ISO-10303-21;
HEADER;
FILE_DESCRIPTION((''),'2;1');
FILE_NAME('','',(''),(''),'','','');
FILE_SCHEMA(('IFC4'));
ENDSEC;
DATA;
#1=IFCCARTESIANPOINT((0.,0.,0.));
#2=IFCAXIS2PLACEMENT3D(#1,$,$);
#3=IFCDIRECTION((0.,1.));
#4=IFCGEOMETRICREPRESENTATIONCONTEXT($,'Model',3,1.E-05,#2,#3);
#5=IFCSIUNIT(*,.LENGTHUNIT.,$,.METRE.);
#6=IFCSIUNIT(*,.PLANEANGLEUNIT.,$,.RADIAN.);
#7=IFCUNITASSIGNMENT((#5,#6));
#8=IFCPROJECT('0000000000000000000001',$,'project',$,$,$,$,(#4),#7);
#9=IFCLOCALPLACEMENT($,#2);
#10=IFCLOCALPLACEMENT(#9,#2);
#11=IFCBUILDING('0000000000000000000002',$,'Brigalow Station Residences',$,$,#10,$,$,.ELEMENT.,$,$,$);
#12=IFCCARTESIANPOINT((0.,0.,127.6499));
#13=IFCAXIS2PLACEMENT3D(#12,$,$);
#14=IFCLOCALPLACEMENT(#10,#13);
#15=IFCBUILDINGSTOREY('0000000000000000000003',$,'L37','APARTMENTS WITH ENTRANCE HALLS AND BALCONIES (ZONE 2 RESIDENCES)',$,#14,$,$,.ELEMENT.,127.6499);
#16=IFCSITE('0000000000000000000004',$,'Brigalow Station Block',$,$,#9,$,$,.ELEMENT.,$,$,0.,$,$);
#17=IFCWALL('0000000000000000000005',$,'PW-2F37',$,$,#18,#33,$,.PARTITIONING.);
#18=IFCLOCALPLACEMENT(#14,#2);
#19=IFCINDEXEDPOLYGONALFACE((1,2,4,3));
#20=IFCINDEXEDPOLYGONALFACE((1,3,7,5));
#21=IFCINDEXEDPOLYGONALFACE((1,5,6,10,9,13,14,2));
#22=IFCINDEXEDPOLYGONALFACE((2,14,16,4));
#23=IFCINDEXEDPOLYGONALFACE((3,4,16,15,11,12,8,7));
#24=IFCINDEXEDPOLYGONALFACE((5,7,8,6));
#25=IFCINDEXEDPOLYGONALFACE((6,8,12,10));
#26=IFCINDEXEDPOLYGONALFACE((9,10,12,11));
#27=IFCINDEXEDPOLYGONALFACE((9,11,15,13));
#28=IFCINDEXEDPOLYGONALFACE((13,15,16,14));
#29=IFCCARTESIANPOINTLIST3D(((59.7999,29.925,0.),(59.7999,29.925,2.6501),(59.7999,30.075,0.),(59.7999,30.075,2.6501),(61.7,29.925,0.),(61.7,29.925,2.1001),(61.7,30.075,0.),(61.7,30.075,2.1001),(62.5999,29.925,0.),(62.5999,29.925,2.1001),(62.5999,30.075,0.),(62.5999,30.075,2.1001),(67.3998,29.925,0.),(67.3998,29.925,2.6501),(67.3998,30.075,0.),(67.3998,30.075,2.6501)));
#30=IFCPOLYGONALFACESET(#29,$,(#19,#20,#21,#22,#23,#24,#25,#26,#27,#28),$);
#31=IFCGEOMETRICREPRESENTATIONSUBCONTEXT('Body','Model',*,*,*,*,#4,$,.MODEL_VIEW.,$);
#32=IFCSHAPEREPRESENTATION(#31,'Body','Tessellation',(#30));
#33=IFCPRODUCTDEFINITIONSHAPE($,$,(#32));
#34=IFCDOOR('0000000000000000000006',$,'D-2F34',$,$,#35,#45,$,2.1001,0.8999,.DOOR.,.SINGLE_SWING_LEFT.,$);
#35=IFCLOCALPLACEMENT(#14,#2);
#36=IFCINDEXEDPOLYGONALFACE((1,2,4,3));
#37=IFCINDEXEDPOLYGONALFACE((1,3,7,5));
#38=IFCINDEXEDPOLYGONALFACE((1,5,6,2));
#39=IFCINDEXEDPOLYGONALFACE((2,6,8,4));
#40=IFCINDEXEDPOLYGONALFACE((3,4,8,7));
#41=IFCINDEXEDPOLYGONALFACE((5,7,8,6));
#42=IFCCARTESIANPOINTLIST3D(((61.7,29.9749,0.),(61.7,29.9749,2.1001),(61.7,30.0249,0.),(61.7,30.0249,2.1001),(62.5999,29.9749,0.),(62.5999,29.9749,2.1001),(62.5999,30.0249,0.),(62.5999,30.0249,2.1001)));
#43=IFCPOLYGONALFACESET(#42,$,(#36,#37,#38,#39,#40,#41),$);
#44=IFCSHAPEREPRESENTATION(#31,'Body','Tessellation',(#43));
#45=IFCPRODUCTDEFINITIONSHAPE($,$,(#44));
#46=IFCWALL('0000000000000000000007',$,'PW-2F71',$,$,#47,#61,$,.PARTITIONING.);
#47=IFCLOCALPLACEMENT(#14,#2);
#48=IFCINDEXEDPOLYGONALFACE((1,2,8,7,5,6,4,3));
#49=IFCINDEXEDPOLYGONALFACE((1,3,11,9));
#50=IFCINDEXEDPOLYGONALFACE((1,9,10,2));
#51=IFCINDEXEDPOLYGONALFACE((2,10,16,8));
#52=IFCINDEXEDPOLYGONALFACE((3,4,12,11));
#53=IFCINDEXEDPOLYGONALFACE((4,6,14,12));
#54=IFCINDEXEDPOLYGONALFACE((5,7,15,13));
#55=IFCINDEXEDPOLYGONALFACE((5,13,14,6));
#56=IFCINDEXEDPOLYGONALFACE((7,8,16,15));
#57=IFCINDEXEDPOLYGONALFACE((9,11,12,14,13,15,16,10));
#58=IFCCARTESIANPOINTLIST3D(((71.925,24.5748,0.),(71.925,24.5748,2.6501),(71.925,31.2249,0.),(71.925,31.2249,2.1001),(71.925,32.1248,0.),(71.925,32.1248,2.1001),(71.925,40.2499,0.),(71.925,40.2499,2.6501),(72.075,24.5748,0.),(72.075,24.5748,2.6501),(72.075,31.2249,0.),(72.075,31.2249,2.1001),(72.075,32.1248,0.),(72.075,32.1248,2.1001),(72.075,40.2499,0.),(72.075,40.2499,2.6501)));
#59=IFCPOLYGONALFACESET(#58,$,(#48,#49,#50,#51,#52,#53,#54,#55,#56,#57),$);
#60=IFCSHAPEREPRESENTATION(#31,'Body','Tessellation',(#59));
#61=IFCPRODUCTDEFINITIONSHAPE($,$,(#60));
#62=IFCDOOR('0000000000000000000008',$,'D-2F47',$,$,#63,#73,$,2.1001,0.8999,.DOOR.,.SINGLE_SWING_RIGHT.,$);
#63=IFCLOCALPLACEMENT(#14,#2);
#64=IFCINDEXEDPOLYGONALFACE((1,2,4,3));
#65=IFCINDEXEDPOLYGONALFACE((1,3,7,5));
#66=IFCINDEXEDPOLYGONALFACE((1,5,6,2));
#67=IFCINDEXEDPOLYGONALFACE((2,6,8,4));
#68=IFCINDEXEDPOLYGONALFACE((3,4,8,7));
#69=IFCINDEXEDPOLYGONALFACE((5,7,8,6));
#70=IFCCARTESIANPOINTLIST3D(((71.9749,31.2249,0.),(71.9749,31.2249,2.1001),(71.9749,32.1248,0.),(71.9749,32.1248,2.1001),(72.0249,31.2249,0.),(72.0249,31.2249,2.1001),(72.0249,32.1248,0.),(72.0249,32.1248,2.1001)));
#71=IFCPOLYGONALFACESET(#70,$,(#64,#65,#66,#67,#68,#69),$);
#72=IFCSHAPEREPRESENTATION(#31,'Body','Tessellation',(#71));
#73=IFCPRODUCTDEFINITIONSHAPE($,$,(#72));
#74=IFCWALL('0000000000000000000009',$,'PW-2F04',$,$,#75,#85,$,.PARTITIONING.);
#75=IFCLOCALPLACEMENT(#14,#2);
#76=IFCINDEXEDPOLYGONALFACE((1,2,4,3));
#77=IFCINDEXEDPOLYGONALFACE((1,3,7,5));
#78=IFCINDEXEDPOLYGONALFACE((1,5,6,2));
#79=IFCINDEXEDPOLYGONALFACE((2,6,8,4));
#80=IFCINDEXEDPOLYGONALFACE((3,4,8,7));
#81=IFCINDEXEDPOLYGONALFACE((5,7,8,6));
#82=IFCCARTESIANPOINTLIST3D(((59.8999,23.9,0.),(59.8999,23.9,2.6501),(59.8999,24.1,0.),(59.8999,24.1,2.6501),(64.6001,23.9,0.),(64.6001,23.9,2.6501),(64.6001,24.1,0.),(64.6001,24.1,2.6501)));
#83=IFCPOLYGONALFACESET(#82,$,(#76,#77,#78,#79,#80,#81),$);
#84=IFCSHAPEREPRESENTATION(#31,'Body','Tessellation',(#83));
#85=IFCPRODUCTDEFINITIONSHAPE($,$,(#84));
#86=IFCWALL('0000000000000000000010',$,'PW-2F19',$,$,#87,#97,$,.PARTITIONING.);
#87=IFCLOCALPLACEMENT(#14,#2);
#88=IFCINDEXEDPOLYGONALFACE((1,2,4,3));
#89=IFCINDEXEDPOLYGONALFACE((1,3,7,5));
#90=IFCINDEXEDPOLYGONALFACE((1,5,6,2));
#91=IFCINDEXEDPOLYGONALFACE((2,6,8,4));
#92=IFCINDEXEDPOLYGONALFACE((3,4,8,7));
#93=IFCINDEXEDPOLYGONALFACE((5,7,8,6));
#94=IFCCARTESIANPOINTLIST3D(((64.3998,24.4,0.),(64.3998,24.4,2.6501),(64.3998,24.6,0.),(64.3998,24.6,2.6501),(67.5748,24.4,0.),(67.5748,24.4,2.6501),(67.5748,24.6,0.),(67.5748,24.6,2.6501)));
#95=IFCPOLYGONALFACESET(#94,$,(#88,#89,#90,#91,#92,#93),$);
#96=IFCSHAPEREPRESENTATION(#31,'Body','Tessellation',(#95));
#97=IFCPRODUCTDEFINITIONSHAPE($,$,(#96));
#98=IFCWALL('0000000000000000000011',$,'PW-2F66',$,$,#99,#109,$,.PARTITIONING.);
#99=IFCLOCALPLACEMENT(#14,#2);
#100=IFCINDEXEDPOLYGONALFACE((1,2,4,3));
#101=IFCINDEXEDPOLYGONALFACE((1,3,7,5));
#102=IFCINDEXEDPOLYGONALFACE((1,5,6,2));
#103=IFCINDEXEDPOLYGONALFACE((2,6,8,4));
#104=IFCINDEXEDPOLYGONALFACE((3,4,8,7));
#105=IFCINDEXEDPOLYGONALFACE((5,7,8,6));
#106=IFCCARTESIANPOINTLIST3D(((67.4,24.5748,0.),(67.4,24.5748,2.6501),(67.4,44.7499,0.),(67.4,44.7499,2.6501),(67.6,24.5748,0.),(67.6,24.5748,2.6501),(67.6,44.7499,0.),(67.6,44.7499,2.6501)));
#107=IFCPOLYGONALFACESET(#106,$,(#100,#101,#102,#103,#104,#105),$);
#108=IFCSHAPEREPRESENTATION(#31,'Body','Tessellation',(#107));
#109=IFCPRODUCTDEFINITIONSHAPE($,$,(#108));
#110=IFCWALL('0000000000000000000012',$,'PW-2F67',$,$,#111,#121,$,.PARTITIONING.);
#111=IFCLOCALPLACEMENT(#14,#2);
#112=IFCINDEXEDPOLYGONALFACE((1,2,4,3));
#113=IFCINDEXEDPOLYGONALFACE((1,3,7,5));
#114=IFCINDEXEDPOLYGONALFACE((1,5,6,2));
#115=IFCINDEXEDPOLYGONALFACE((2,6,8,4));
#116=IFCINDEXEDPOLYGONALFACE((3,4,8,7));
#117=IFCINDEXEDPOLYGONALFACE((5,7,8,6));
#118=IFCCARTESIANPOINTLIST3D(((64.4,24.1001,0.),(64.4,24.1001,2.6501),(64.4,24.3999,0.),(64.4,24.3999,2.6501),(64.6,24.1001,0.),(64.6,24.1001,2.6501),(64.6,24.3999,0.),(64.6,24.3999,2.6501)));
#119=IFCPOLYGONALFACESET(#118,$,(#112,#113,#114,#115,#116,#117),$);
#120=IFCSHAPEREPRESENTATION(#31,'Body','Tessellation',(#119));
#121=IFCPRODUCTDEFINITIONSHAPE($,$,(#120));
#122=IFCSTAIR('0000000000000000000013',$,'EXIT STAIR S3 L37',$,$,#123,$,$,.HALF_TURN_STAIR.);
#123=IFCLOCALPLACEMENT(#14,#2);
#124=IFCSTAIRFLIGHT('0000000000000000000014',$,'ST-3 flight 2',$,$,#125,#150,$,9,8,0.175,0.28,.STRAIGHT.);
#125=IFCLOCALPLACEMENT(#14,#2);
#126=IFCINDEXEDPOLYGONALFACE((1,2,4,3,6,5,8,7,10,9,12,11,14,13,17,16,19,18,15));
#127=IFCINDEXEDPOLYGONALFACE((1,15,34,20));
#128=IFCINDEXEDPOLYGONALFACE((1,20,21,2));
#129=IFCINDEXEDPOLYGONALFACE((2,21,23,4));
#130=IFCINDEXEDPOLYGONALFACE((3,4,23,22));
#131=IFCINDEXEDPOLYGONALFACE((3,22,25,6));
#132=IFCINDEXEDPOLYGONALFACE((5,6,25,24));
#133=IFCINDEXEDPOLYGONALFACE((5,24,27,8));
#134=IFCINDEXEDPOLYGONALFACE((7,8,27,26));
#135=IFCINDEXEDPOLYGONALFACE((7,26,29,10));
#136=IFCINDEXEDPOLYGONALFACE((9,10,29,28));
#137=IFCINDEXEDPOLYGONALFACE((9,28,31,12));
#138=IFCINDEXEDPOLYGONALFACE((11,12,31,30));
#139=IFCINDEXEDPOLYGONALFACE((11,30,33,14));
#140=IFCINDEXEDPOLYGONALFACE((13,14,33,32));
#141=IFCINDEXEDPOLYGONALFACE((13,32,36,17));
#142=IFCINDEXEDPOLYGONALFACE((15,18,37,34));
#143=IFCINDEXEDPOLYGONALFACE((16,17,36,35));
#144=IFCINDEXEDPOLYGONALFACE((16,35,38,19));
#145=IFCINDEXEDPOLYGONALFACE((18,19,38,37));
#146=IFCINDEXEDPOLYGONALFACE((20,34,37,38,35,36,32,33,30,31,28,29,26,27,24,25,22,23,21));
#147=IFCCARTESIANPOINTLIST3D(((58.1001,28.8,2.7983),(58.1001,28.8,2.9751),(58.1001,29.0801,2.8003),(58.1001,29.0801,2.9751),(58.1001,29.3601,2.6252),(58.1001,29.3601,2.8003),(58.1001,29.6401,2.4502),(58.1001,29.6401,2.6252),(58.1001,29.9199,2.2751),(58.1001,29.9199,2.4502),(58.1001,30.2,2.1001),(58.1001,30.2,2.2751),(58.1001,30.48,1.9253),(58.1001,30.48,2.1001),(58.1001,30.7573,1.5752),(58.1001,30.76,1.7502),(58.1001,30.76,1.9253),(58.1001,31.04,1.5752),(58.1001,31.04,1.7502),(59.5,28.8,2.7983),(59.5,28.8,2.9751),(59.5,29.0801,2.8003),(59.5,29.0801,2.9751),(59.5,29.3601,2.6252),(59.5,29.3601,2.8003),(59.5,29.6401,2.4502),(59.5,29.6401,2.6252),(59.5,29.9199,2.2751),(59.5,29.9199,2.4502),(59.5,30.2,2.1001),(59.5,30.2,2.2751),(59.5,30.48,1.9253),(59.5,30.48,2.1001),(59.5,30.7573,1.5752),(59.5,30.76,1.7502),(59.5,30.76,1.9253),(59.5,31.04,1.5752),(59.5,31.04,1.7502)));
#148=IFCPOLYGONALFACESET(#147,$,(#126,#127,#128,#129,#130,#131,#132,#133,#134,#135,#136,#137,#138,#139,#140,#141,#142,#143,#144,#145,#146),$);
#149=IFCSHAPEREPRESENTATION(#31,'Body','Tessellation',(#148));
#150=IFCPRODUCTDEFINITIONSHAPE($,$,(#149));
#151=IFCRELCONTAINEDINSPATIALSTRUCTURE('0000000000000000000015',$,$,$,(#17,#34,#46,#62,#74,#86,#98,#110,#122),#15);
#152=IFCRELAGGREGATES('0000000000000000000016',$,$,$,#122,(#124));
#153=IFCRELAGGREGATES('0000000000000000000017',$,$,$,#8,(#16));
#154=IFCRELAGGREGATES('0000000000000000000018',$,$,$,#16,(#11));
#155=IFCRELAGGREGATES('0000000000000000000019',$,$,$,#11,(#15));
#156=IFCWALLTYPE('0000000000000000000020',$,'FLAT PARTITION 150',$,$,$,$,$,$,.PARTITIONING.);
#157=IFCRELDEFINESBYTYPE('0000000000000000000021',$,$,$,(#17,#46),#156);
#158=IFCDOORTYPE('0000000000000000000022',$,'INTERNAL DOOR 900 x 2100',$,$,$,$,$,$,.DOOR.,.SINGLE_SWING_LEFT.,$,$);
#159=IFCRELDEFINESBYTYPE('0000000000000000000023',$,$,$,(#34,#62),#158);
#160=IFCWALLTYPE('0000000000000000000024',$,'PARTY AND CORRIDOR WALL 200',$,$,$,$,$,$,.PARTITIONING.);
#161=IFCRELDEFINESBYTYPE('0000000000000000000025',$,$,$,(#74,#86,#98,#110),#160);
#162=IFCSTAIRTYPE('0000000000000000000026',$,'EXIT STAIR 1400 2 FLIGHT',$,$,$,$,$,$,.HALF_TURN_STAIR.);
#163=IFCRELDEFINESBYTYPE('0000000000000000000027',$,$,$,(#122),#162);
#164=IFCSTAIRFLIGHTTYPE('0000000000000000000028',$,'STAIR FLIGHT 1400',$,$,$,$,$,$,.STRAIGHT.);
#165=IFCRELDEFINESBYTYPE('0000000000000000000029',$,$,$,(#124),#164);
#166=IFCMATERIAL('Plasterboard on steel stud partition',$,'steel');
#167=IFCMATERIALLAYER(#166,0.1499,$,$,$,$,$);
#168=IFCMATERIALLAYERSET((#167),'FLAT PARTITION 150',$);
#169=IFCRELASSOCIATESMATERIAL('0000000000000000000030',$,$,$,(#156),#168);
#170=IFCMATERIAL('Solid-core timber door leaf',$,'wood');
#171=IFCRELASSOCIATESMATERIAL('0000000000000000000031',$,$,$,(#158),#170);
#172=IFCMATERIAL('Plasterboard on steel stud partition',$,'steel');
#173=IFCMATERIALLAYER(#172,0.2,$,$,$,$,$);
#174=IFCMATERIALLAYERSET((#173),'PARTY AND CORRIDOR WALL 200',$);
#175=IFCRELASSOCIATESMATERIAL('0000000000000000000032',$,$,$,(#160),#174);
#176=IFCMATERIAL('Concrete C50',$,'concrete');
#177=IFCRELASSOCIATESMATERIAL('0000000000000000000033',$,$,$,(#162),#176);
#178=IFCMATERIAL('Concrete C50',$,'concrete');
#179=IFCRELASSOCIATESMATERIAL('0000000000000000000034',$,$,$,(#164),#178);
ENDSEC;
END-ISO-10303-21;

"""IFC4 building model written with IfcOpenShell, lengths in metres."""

from ifc_helpers import new_model, si_unit, direction, frame, frame_2d, origin, place, context, subcontext, project, spatial, polyline, rectangle, outline, extrude, material, layer, layer_set, type_object, element, fill, aggregate, save


model = new_model("IFC4")

# Units and contexts
model_context = context("Model", 3, precision=1e-05, world=origin(), true_north=direction((0.0, 1.0)))
body_context = subcontext(model_context, "Body", "Model", "MODEL_VIEW")
ifc_project = project(units=[si_unit("LENGTHUNIT", "METRE"), si_unit("PLANEANGLEUNIT", "RADIAN")], contexts=[model_context])

# Site, building, storey
site_placement = place(None, origin())
site = spatial("IfcSite", under=ifc_project, at=site_placement, Name="Brigalow Station Block", CompositionType="ELEMENT", RefElevation=0.0)
building_placement = place(site_placement, origin())
building = spatial("IfcBuilding", under=site, at=building_placement, Name="Brigalow Station Residences", CompositionType="ELEMENT")
storey_placement = place(building_placement, frame((0.0, 0.0, 127.6499)))
storey = spatial("IfcBuildingStorey", under=building, at=storey_placement, Name="L37", Description="APARTMENTS WITH ENTRANCE HALLS AND BALCONIES (ZONE 2 RESIDENCES)", CompositionType="ELEMENT", Elevation=127.6499)

# Shared definitions
ifc_material_1 = material(Name="Plasterboard on steel stud partition", Category="steel")
ifc_layer_1 = layer(ifc_material_1, 0.1499)
ifc_layer_set_1 = layer_set([ifc_layer_1], Name="FLAT PARTITION 150")
wall_type_1 = type_object("IfcWallType", Name="FLAT PARTITION 150", PredefinedType="PARTITIONING", material=ifc_layer_set_1)

# Walls, openings, doors
ifc_material_2 = material(Name="Solid-core timber door leaf", Category="wood")
door_type_1 = type_object("IfcDoorType", Name="INTERNAL DOOR 900 x 2100", OperationType="SINGLE_SWING_LEFT", PredefinedType="DOOR", material=ifc_material_2)
wall_1_placement = place(storey_placement, frame((59.8, 30.0, 0.0), z_axis=(0.0, 0.0, 1.0), x_axis=(1.0, 0.0, 0.0)))
wall_1 = element("IfcWall", 1, at=wall_1_placement, inside=storey, type_object=wall_type_1, Name="PW-2F37", PredefinedType="PARTITIONING", context=body_context, shape_type="SweptSolid", body=[
    extrude(rectangle(XDim=7.5999, YDim=0.1499, at=frame_2d((3.7998, 0.0))), origin(), (0.0, 0.0, 1.0), 2.6501),
])
opening_1_placement = place(wall_1_placement, frame((1.8999, 0.0, 0.0)))
opening_1 = element("IfcOpeningElement", 2, at=opening_1_placement, cuts=wall_1, PredefinedType="OPENING", context=body_context, shape_type="SweptSolid", body=[
    extrude(rectangle(XDim=0.8999, YDim=2.1001, at=frame_2d((0.45, 1.05))), frame((0.0, 0.085, 0.0), z_axis=(0.0, -1.0, 0.0), x_axis=(1.0, 0.0, 0.0)), (0.0, 0.0, 1.0), 0.1699),
])
door_1_placement = place(opening_1_placement, origin())
door_1 = element("IfcDoor", 3, at=door_1_placement, inside=storey, type_object=door_type_1, Name="D-2F34", OperationType="SINGLE_SWING_LEFT", OverallHeight=2.1001, OverallWidth=0.8999, PredefinedType="DOOR", context=body_context, shape_type="SweptSolid", body=[
    extrude(rectangle(XDim=0.8999, YDim=2.1001, at=frame_2d((0.45, 1.05))), frame((0.0, 0.0249, 0.0), z_axis=(0.0, -1.0, 0.0), x_axis=(1.0, 0.0, 0.0)), (0.0, 0.0, 1.0), 0.05),
])
fill(opening_1, door_1)
wall_2_placement = place(storey_placement, frame((72.0, 24.575, 0.0), z_axis=(0.0, 0.0, 1.0), x_axis=(0.0, 1.0, 0.0)))
wall_2 = element("IfcWall", 4, at=wall_2_placement, inside=storey, type_object=wall_type_1, Name="PW-2F71", PredefinedType="PARTITIONING", context=body_context, shape_type="SweptSolid", body=[
    extrude(rectangle(XDim=15.675, YDim=0.1499, at=frame_2d((7.8374, 0.0))), origin(), (0.0, 0.0, 1.0), 2.6501),
])
opening_2_placement = place(wall_2_placement, frame((6.6499, 0.0, 0.0)))
opening_2 = element("IfcOpeningElement", 5, at=opening_2_placement, cuts=wall_2, PredefinedType="OPENING", context=body_context, shape_type="SweptSolid", body=[
    extrude(rectangle(XDim=0.8999, YDim=2.1001, at=frame_2d((0.45, 1.05))), frame((0.0, 0.085, 0.0), z_axis=(0.0, -1.0, 0.0), x_axis=(1.0, 0.0, 0.0)), (0.0, 0.0, 1.0), 0.1699),
])
door_2_placement = place(opening_2_placement, frame((0.8999, 0.0, 0.0), z_axis=(0.0, 0.0, 1.0), x_axis=(-1.0, 0.0, 0.0)))
door_2 = element("IfcDoor", 6, at=door_2_placement, inside=storey, type_object=door_type_1, Name="D-2F47", OperationType="SINGLE_SWING_RIGHT", OverallHeight=2.1001, OverallWidth=0.8999, PredefinedType="DOOR", context=body_context, shape_type="SweptSolid", body=[
    extrude(rectangle(XDim=0.8999, YDim=2.1001, at=frame_2d((0.45, 1.05))), frame((0.0, 0.0249, 0.0), z_axis=(0.0, -1.0, 0.0), x_axis=(1.0, 0.0, 0.0)), (0.0, 0.0, 1.0), 0.05),
])
fill(opening_2, door_2)

# Walls
ifc_material_3 = material(Name="Plasterboard on steel stud partition", Category="steel")
ifc_layer_2 = layer(ifc_material_3, 0.2)
ifc_layer_set_2 = layer_set([ifc_layer_2], Name="PARTY AND CORRIDOR WALL 200")
wall_type_2 = type_object("IfcWallType", Name="PARTY AND CORRIDOR WALL 200", PredefinedType="PARTITIONING", material=ifc_layer_set_2)
wall_3_placement = place(storey_placement, frame((59.8999, 24.0, 0.0), z_axis=(0.0, 0.0, 1.0), x_axis=(1.0, 0.0, 0.0)))
element("IfcWall", 7, at=wall_3_placement, inside=storey, type_object=wall_type_2, Name="PW-2F04", PredefinedType="PARTITIONING", context=body_context, shape_type="SweptSolid", body=[
    extrude(rectangle(XDim=4.7002, YDim=0.2, at=frame_2d((2.3501, 0.0))), origin(), (0.0, 0.0, 1.0), 2.6501),
])
wall_4_placement = place(storey_placement, frame((64.3999, 24.5, 0.0), z_axis=(0.0, 0.0, 1.0), x_axis=(1.0, 0.0, 0.0)))
element("IfcWall", 8, at=wall_4_placement, inside=storey, type_object=wall_type_2, Name="PW-2F19", PredefinedType="PARTITIONING", context=body_context, shape_type="SweptSolid", body=[
    extrude(rectangle(XDim=3.175, YDim=0.2, at=frame_2d((1.5874, 0.0))), origin(), (0.0, 0.0, 1.0), 2.6501),
])
wall_5_placement = place(storey_placement, frame((67.5, 24.575, 0.0), z_axis=(0.0, 0.0, 1.0), x_axis=(0.0, 1.0, 0.0)))
element("IfcWall", 9, at=wall_5_placement, inside=storey, type_object=wall_type_2, Name="PW-2F66", PredefinedType="PARTITIONING", context=body_context, shape_type="SweptSolid", body=[
    extrude(rectangle(XDim=20.175, YDim=0.2, at=frame_2d((10.0874, 0.0))), origin(), (0.0, 0.0, 1.0), 2.6501),
])
wall_6_placement = place(storey_placement, frame((64.5, 24.1001, 0.0), z_axis=(0.0, 0.0, 1.0), x_axis=(0.0, 1.0, 0.0)))
element("IfcWall", 10, at=wall_6_placement, inside=storey, type_object=wall_type_2, Name="PW-2F67", PredefinedType="PARTITIONING", context=body_context, shape_type="SweptSolid", body=[
    extrude(rectangle(XDim=0.2998, YDim=0.2, at=frame_2d((0.1499, 0.0))), origin(), (0.0, 0.0, 1.0), 2.6501),
])

# Stair, stair flight
ifc_material_4 = material(Name="Concrete C50", Category="concrete")
stair_type = type_object("IfcStairType", Name="EXIT STAIR 1400 2 FLIGHT", PredefinedType="HALF_TURN_STAIR", material=ifc_material_4)
stair_placement = place(storey_placement, origin())
stair = element("IfcStair", 11, at=stair_placement, inside=storey, type_object=stair_type, Name="EXIT STAIR S3 L37", PredefinedType="HALF_TURN_STAIR")
ifc_material_5 = material(Name="Concrete C50", Category="concrete")
stair_flight_type = type_object("IfcStairFlightType", Name="STAIR FLIGHT 1400", PredefinedType="STRAIGHT", material=ifc_material_5)
stair_flight_placement = place(storey_placement, frame((58.8, 31.04, 1.5752), z_axis=(0.0, 0.0, 1.0), x_axis=(0.0, -1.0, 0.0)))
stair_flight = element("IfcStairFlight", 12, at=stair_flight_placement, type_object=stair_flight_type, Name="ST-3 flight 2", NumberOfRisers=9, NumberOfTreads=8, PredefinedType="STRAIGHT", RiserHeight=0.175, TreadLength=0.28, context=body_context, shape_type="SweptSolid", body=[
    extrude(outline(polyline([(0.0, 0.0), (0.0, 0.175), (0.28, 0.175), (0.28, 0.3501), (0.5601, 0.3501), (0.5601, 0.5249), (0.8401, 0.5249), (0.8401, 0.7), (1.1201, 0.7), (1.1201, 0.875), (1.3999, 0.875), (1.3999, 1.05), (1.6799, 1.05), (1.6799, 1.2251), (1.96, 1.2251), (1.96, 1.3999), (2.24, 1.3999), (2.24, 1.575), (2.24, 1.2231), (0.2827, 0.0), (0.0, 0.0)])), frame((0.0, 0.7, 0.0), z_axis=(0.0, -1.0, 0.0), x_axis=(1.0, 0.0, 0.0)), (0.0, 0.0, 1.0), 1.3999),
])
aggregate(stair, [stair_flight])

save(model, "model.ifc")
